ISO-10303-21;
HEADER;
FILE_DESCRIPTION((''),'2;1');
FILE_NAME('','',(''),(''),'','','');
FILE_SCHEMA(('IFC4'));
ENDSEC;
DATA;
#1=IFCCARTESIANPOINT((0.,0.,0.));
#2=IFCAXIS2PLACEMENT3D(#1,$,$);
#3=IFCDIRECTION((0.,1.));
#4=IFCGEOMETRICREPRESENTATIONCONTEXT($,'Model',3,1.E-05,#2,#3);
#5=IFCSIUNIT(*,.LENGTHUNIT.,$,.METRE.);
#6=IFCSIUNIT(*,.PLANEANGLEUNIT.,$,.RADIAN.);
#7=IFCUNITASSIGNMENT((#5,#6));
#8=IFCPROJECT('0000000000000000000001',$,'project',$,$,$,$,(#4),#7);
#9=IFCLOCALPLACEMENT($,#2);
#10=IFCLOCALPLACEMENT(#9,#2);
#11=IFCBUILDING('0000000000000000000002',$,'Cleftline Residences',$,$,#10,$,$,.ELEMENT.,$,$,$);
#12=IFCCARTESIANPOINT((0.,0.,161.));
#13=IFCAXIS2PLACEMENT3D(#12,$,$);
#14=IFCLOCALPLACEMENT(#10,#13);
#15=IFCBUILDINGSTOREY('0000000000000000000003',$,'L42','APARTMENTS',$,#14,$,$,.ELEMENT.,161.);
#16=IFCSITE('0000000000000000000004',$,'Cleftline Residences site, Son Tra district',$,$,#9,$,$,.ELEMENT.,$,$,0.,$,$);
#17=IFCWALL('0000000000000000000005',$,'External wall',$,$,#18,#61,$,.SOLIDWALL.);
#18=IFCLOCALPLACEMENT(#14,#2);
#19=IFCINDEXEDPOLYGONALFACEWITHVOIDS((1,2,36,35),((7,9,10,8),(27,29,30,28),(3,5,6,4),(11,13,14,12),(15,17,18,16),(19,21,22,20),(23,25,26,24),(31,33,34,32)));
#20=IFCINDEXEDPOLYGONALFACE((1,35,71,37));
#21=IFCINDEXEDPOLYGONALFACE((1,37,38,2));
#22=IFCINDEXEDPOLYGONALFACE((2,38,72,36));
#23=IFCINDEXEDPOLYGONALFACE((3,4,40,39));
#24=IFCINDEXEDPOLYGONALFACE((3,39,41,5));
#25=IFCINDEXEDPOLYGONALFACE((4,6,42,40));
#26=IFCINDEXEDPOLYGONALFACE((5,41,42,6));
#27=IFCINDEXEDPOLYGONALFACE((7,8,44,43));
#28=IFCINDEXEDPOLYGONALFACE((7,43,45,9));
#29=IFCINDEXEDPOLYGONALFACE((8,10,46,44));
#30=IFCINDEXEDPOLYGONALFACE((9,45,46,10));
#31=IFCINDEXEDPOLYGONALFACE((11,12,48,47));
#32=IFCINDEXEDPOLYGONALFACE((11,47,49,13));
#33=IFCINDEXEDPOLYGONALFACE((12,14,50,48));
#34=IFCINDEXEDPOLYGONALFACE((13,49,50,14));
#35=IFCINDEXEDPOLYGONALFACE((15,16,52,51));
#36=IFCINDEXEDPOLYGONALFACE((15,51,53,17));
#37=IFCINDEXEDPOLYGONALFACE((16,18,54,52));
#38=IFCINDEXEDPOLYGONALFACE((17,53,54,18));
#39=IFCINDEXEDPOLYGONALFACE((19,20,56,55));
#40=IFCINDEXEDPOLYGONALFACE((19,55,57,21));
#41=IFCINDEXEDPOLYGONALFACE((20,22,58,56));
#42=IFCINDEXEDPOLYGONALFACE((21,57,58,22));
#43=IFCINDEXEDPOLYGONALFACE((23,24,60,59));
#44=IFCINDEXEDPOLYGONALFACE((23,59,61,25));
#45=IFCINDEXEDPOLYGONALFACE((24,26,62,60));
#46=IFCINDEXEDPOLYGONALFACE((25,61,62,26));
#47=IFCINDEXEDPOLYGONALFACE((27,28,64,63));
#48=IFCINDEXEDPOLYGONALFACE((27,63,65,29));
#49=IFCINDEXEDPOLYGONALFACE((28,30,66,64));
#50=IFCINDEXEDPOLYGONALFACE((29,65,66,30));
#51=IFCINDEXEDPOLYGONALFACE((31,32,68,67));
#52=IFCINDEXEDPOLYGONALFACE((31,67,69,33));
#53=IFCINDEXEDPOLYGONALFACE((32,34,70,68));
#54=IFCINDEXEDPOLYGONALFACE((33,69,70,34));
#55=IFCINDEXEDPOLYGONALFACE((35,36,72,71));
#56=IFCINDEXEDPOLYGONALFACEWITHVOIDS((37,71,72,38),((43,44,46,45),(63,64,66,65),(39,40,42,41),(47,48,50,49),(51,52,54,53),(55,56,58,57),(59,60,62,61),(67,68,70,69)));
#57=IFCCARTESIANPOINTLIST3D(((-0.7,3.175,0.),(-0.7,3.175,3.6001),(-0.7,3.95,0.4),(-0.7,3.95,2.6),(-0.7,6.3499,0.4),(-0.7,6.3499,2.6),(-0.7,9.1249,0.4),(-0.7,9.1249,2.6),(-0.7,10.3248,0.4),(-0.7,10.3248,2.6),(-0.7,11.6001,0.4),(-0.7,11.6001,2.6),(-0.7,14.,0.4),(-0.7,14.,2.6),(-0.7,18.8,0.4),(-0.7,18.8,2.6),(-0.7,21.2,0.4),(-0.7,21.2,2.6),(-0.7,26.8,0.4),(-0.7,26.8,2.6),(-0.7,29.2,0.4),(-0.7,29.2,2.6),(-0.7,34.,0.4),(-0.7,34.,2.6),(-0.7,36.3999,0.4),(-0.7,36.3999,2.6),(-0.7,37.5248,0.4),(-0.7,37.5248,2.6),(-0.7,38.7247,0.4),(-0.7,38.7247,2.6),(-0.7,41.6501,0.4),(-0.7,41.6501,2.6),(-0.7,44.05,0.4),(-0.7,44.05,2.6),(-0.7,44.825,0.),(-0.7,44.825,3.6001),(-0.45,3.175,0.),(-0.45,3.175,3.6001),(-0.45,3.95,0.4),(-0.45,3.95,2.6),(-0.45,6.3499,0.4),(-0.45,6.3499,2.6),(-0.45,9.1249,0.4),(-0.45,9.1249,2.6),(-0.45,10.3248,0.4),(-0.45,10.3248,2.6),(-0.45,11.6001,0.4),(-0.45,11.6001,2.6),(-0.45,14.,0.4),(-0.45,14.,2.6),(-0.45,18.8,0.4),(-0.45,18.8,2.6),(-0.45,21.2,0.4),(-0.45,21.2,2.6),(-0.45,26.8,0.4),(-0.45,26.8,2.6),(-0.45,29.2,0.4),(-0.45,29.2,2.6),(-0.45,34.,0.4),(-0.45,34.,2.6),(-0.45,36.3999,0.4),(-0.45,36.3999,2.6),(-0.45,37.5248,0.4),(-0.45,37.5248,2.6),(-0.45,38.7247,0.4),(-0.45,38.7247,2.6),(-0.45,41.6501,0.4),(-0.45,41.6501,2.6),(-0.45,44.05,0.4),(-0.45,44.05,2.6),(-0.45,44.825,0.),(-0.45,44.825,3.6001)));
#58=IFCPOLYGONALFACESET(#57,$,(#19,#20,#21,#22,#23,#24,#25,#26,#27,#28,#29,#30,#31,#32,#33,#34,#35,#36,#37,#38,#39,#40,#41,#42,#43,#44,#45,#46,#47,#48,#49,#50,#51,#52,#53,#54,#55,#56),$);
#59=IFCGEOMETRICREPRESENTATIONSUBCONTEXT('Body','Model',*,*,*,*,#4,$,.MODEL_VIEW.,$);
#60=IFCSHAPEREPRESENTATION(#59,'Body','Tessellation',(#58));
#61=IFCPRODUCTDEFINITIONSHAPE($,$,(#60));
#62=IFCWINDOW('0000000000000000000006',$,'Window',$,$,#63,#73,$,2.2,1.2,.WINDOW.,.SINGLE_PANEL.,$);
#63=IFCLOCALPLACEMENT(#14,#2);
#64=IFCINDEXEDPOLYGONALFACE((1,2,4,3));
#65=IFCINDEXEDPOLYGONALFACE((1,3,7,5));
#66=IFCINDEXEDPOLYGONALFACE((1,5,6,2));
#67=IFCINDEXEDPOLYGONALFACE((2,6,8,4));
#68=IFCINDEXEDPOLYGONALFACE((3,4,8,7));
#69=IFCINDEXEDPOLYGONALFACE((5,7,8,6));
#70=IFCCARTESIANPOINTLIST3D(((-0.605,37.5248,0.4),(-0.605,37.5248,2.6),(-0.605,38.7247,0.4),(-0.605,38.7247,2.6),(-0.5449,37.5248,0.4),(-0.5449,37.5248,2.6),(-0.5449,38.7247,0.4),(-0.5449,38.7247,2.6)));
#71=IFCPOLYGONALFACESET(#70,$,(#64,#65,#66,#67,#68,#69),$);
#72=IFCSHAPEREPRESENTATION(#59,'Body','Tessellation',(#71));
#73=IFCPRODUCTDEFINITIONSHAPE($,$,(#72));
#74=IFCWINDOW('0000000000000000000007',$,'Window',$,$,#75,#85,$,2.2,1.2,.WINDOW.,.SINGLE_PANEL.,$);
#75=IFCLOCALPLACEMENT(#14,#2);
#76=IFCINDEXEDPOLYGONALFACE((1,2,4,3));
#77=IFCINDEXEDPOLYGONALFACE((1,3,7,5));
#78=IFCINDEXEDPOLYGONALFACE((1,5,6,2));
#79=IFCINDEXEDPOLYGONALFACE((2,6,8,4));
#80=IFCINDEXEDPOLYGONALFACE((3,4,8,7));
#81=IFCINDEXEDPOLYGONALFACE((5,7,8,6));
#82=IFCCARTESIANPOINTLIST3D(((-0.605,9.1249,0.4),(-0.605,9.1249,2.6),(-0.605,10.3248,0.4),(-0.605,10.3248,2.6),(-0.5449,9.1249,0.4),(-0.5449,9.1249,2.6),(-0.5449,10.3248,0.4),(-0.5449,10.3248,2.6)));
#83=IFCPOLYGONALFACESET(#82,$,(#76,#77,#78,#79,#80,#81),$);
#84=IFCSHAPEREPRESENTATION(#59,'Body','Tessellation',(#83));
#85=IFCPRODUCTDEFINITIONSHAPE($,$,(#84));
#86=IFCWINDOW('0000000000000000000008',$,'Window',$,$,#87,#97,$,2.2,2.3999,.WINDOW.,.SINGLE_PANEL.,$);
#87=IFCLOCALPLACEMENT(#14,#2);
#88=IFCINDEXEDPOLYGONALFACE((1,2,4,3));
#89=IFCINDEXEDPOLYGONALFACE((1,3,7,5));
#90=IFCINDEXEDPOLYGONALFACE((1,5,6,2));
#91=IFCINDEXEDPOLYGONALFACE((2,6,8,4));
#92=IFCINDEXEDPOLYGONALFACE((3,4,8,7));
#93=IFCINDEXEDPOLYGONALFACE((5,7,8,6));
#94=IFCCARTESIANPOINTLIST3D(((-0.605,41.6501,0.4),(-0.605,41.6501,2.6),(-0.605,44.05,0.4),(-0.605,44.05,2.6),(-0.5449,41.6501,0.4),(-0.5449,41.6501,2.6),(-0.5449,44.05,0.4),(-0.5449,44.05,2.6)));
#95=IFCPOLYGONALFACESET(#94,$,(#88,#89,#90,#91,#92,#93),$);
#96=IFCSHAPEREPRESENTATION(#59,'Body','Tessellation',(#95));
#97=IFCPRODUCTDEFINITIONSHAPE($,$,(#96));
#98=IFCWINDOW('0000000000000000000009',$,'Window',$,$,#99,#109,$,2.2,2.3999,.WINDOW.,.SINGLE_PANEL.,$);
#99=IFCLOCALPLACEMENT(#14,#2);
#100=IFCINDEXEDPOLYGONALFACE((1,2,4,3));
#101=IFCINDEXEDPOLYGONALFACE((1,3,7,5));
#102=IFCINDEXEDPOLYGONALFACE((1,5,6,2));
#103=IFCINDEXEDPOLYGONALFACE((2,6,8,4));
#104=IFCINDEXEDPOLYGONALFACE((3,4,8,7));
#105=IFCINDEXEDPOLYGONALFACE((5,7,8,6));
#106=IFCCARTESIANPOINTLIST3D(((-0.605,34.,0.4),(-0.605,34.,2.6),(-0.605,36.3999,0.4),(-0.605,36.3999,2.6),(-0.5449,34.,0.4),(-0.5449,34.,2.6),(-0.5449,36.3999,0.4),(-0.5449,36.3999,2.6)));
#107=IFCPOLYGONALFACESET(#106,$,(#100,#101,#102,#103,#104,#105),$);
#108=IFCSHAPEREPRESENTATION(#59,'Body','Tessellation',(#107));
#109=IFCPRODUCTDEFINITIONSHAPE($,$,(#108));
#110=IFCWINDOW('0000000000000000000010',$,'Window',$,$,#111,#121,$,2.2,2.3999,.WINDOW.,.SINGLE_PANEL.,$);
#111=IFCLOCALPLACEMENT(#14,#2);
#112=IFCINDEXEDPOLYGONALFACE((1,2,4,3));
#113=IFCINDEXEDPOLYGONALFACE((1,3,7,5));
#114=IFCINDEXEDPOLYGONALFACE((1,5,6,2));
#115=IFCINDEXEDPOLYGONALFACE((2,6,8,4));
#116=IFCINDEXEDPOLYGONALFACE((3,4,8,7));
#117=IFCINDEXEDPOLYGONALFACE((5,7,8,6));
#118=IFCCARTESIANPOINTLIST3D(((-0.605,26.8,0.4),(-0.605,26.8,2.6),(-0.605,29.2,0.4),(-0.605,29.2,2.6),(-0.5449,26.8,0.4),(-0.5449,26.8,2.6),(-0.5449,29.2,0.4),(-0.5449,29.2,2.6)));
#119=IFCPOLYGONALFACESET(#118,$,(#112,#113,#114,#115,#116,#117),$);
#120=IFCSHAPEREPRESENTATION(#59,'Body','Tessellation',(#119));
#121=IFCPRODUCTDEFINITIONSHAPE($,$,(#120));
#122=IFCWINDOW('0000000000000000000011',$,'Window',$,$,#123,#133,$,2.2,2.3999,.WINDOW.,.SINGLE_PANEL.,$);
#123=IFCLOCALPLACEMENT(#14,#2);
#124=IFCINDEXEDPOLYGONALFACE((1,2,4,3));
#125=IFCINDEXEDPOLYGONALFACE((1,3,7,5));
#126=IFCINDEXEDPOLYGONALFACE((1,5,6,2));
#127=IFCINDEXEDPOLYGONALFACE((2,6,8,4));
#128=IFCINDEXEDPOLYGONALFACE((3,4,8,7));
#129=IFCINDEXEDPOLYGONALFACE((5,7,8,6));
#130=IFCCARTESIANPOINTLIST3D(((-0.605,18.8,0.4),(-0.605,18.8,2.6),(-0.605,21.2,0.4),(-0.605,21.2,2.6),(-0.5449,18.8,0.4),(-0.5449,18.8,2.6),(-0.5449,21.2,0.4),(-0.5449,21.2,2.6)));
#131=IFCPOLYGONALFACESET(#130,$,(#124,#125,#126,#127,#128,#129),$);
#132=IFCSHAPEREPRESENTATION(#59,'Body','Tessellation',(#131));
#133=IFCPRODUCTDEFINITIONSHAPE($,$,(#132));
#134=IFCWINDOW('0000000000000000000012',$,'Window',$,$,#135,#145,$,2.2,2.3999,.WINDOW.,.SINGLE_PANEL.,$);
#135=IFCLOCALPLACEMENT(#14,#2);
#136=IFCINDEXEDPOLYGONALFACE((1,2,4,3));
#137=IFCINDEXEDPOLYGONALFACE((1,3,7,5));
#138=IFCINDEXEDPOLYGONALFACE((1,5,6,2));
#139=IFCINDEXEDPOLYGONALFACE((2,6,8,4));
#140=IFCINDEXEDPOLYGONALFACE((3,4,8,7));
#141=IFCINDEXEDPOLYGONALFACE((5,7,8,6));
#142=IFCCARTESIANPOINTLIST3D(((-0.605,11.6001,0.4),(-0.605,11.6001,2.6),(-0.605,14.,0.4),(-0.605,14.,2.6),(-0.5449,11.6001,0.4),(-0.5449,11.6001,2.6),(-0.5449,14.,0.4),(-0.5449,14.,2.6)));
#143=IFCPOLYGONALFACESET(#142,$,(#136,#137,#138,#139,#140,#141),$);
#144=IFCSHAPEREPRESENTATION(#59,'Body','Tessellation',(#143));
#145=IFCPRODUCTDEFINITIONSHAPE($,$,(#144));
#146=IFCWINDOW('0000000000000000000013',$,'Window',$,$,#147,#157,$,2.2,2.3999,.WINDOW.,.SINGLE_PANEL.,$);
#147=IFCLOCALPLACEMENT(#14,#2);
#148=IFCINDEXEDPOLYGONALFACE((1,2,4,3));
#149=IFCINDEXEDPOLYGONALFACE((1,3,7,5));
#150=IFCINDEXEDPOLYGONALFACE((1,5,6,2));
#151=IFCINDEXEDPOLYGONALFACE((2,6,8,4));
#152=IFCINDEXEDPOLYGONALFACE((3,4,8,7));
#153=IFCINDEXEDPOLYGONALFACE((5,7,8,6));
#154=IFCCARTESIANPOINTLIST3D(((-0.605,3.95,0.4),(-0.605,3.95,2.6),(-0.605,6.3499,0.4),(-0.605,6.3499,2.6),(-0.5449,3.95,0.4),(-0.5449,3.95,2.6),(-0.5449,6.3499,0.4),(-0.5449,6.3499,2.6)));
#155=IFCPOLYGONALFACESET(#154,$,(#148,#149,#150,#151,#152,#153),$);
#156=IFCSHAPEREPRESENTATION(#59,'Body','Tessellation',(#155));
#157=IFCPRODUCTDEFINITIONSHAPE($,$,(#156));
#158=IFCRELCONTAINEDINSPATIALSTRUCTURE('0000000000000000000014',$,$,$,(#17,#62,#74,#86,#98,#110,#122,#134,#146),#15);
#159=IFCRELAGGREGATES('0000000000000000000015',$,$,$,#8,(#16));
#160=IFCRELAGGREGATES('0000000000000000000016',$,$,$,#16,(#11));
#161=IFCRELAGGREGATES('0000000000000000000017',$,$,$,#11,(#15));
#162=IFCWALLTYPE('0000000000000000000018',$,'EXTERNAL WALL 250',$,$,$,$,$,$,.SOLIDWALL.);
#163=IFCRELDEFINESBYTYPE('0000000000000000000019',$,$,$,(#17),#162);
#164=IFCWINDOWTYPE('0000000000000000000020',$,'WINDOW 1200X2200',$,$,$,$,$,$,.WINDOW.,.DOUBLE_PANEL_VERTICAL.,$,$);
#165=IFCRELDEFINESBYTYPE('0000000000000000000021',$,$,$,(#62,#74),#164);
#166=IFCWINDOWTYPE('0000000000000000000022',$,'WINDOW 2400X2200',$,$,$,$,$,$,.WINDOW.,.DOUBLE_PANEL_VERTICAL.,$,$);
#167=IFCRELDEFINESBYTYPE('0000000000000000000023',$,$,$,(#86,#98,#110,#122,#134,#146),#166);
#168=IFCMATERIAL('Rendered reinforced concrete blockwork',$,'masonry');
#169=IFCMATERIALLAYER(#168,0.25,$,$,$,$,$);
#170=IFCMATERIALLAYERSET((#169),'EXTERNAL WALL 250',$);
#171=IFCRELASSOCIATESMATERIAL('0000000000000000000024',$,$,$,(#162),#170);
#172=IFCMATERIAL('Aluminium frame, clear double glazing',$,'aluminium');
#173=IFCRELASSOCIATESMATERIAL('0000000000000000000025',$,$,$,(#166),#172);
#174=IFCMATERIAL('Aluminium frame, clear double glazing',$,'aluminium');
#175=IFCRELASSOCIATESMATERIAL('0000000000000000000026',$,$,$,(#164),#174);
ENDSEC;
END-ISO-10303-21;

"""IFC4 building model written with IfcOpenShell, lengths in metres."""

from ifc_helpers import new_model, si_unit, direction, frame, frame_2d, origin, place, context, subcontext, project, spatial, rectangle, extrude, material, layer, layer_set, type_object, element, fill, save


model = new_model("IFC4")

# Units and contexts
model_context = context("Model", 3, precision=1e-05, world=origin(), true_north=direction((0.0, 1.0)))
body_context = subcontext(model_context, "Body", "Model", "MODEL_VIEW")
ifc_project = project(units=[si_unit("LENGTHUNIT", "METRE"), si_unit("PLANEANGLEUNIT", "RADIAN")], contexts=[model_context])

# Site, building, storey
site_placement = place(None, origin())
site = spatial("IfcSite", under=ifc_project, at=site_placement, Name="Cleftline Residences site, Son Tra district", CompositionType="ELEMENT", RefElevation=0.0)
building_placement = place(site_placement, origin())
building = spatial("IfcBuilding", under=site, at=building_placement, Name="Cleftline Residences", CompositionType="ELEMENT")
storey_placement = place(building_placement, frame((0.0, 0.0, 161.0)))
storey = spatial("IfcBuildingStorey", under=building, at=storey_placement, Name="L42", Description="APARTMENTS", CompositionType="ELEMENT", Elevation=161.0)

# Shared definitions
ifc_material_1 = material(Name="Rendered reinforced concrete blockwork", Category="masonry")
ifc_layer_1 = layer(ifc_material_1, 0.25)
ifc_layer_set_1 = layer_set([ifc_layer_1], Name="EXTERNAL WALL 250")
wall_type_1 = type_object("IfcWallType", Name="EXTERNAL WALL 250", PredefinedType="SOLIDWALL", material=ifc_layer_set_1)
ifc_material_2 = material(Name="Aluminium frame, clear double glazing", Category="aluminium")
window_type_1 = type_object("IfcWindowType", Name="WINDOW 2400X2200", PartitioningType="DOUBLE_PANEL_VERTICAL", PredefinedType="WINDOW", material=ifc_material_2)

# Wall, openings, windows
wall_1_placement = place(storey_placement, frame((-0.575, 44.825, 0.0), z_axis=(0.0, 0.0, 1.0), x_axis=(0.0, -1.0, 0.0)))
wall_1 = element("IfcWall", 1, at=wall_1_placement, inside=storey, type_object=wall_type_1, Name="External wall", PredefinedType="SOLIDWALL", context=body_context, shape_type="SweptSolid", body=[
    extrude(rectangle(XDim=41.6499, YDim=0.25, at=frame_2d((20.825, 0.0))), origin(), (0.0, 0.0, 1.0), 3.6001),
])
opening_1_placement = place(wall_1_placement, frame((0.7749, 0.0, 0.3999)))
opening_1 = element("IfcOpeningElement", 2, at=opening_1_placement, cuts=wall_1, PredefinedType="OPENING", context=body_context, shape_type="SweptSolid", body=[
    extrude(rectangle(XDim=2.3999, YDim=2.2, at=frame_2d((1.2, 1.1001))), frame((0.0, 0.135, 0.0), z_axis=(0.0, -1.0, 0.0), x_axis=(1.0, 0.0, 0.0)), (0.0, 0.0, 1.0), 0.27),
])
opening_2_placement = place(wall_1_placement, frame((6.1001, 0.0, 0.3999)))
opening_2 = element("IfcOpeningElement", 3, at=opening_2_placement, cuts=wall_1, PredefinedType="OPENING", context=body_context, shape_type="SweptSolid", body=[
    extrude(rectangle(XDim=1.2, YDim=2.2, at=frame_2d((0.6001, 1.1001))), frame((0.0, 0.135, 0.0), z_axis=(0.0, -1.0, 0.0), x_axis=(1.0, 0.0, 0.0)), (0.0, 0.0, 1.0), 0.27),
])
opening_3_placement = place(wall_1_placement, frame((8.425, 0.0, 0.3999)))
opening_3 = element("IfcOpeningElement", 4, at=opening_3_placement, cuts=wall_1, PredefinedType="OPENING", context=body_context, shape_type="SweptSolid", body=[
    extrude(rectangle(XDim=2.3999, YDim=2.2, at=frame_2d((1.2, 1.1001))), frame((0.0, 0.135, 0.0), z_axis=(0.0, -1.0, 0.0), x_axis=(1.0, 0.0, 0.0)), (0.0, 0.0, 1.0), 0.27),
])
opening_4_placement = place(wall_1_placement, frame((15.625, 0.0, 0.3999)))
opening_4 = element("IfcOpeningElement", 5, at=opening_4_placement, cuts=wall_1, PredefinedType="OPENING", context=body_context, shape_type="SweptSolid", body=[
    extrude(rectangle(XDim=2.3999, YDim=2.2, at=frame_2d((1.2, 1.1001))), frame((0.0, 0.135, 0.0), z_axis=(0.0, -1.0, 0.0), x_axis=(1.0, 0.0, 0.0)), (0.0, 0.0, 1.0), 0.27),
])
opening_5_placement = place(wall_1_placement, frame((23.625, 0.0, 0.3999)))
opening_5 = element("IfcOpeningElement", 6, at=opening_5_placement, cuts=wall_1, PredefinedType="OPENING", context=body_context, shape_type="SweptSolid", body=[
    extrude(rectangle(XDim=2.3999, YDim=2.2, at=frame_2d((1.2, 1.1001))), frame((0.0, 0.135, 0.0), z_axis=(0.0, -1.0, 0.0), x_axis=(1.0, 0.0, 0.0)), (0.0, 0.0, 1.0), 0.27),
])
opening_6_placement = place(wall_1_placement, frame((30.825, 0.0, 0.3999)))
opening_6 = element("IfcOpeningElement", 7, at=opening_6_placement, cuts=wall_1, PredefinedType="OPENING", context=body_context, shape_type="SweptSolid", body=[
    extrude(rectangle(XDim=2.3999, YDim=2.2, at=frame_2d((1.2, 1.1001))), frame((0.0, 0.135, 0.0), z_axis=(0.0, -1.0, 0.0), x_axis=(1.0, 0.0, 0.0)), (0.0, 0.0, 1.0), 0.27),
])
opening_7_placement = place(wall_1_placement, frame((34.5, 0.0, 0.3999)))
opening_7 = element("IfcOpeningElement", 8, at=opening_7_placement, cuts=wall_1, PredefinedType="OPENING", context=body_context, shape_type="SweptSolid", body=[
    extrude(rectangle(XDim=1.2, YDim=2.2, at=frame_2d((0.6001, 1.1001))), frame((0.0, 0.135, 0.0), z_axis=(0.0, -1.0, 0.0), x_axis=(1.0, 0.0, 0.0)), (0.0, 0.0, 1.0), 0.27),
])
opening_8_placement = place(wall_1_placement, frame((38.4751, 0.0, 0.3999)))
opening_8 = element("IfcOpeningElement", 9, at=opening_8_placement, cuts=wall_1, PredefinedType="OPENING", context=body_context, shape_type="SweptSolid", body=[
    extrude(rectangle(XDim=2.3999, YDim=2.2, at=frame_2d((1.2, 1.1001))), frame((0.0, 0.135, 0.0), z_axis=(0.0, -1.0, 0.0), x_axis=(1.0, 0.0, 0.0)), (0.0, 0.0, 1.0), 0.27),
])
ifc_material_3 = material(Name="Aluminium frame, clear double glazing", Category="aluminium")
window_type_2 = type_object("IfcWindowType", Name="WINDOW 1200X2200", PartitioningType="DOUBLE_PANEL_VERTICAL", PredefinedType="WINDOW", material=ifc_material_3)
window_1_placement = place(opening_2_placement, origin())
window_1 = element("IfcWindow", 10, at=window_1_placement, inside=storey, type_object=window_type_2, Name="Window", OverallHeight=2.2, OverallWidth=1.2, PartitioningType="SINGLE_PANEL", PredefinedType="WINDOW", context=body_context, shape_type="SweptSolid", body=[
    extrude(rectangle(XDim=1.2, YDim=2.2, at=frame_2d((0.6001, 1.1001))), frame((0.0, 0.03, 0.0), z_axis=(0.0, -1.0, 0.0), x_axis=(1.0, 0.0, 0.0)), (0.0, 0.0, 1.0), 0.0601),
])
fill(opening_2, window_1)
window_2_placement = place(opening_7_placement, origin())
window_2 = element("IfcWindow", 11, at=window_2_placement, inside=storey, type_object=window_type_2, Name="Window", OverallHeight=2.2, OverallWidth=1.2, PartitioningType="SINGLE_PANEL", PredefinedType="WINDOW", context=body_context, shape_type="SweptSolid", body=[
    extrude(rectangle(XDim=1.2, YDim=2.2, at=frame_2d((0.6001, 1.1001))), frame((0.0, 0.03, 0.0), z_axis=(0.0, -1.0, 0.0), x_axis=(1.0, 0.0, 0.0)), (0.0, 0.0, 1.0), 0.0601),
])
fill(opening_7, window_2)
window_3_placement = place(opening_1_placement, origin())
window_3 = element("IfcWindow", 12, at=window_3_placement, inside=storey, type_object=window_type_1, Name="Window", OverallHeight=2.2, OverallWidth=2.3999, PartitioningType="SINGLE_PANEL", PredefinedType="WINDOW", context=body_context, shape_type="SweptSolid", body=[
    extrude(rectangle(XDim=2.3999, YDim=2.2, at=frame_2d((1.2, 1.1001))), frame((0.0, 0.03, 0.0), z_axis=(0.0, -1.0, 0.0), x_axis=(1.0, 0.0, 0.0)), (0.0, 0.0, 1.0), 0.0601),
])
fill(opening_1, window_3)
window_4_placement = place(opening_3_placement, origin())
window_4 = element("IfcWindow", 13, at=window_4_placement, inside=storey, type_object=window_type_1, Name="Window", OverallHeight=2.2, OverallWidth=2.3999, PartitioningType="SINGLE_PANEL", PredefinedType="WINDOW", context=body_context, shape_type="SweptSolid", body=[
    extrude(rectangle(XDim=2.3999, YDim=2.2, at=frame_2d((1.2, 1.1001))), frame((0.0, 0.03, 0.0), z_axis=(0.0, -1.0, 0.0), x_axis=(1.0, 0.0, 0.0)), (0.0, 0.0, 1.0), 0.0601),
])
fill(opening_3, window_4)
window_5_placement = place(opening_4_placement, origin())
window_5 = element("IfcWindow", 14, at=window_5_placement, inside=storey, type_object=window_type_1, Name="Window", OverallHeight=2.2, OverallWidth=2.3999, PartitioningType="SINGLE_PANEL", PredefinedType="WINDOW", context=body_context, shape_type="SweptSolid", body=[
    extrude(rectangle(XDim=2.3999, YDim=2.2, at=frame_2d((1.2, 1.1001))), frame((0.0, 0.03, 0.0), z_axis=(0.0, -1.0, 0.0), x_axis=(1.0, 0.0, 0.0)), (0.0, 0.0, 1.0), 0.0601),
])
fill(opening_4, window_5)
window_6_placement = place(opening_5_placement, origin())
window_6 = element("IfcWindow", 15, at=window_6_placement, inside=storey, type_object=window_type_1, Name="Window", OverallHeight=2.2, OverallWidth=2.3999, PartitioningType="SINGLE_PANEL", PredefinedType="WINDOW", context=body_context, shape_type="SweptSolid", body=[
    extrude(rectangle(XDim=2.3999, YDim=2.2, at=frame_2d((1.2, 1.1001))), frame((0.0, 0.03, 0.0), z_axis=(0.0, -1.0, 0.0), x_axis=(1.0, 0.0, 0.0)), (0.0, 0.0, 1.0), 0.0601),
])
fill(opening_5, window_6)
window_7_placement = place(opening_6_placement, origin())
window_7 = element("IfcWindow", 16, at=window_7_placement, inside=storey, type_object=window_type_1, Name="Window", OverallHeight=2.2, OverallWidth=2.3999, PartitioningType="SINGLE_PANEL", PredefinedType="WINDOW", context=body_context, shape_type="SweptSolid", body=[
    extrude(rectangle(XDim=2.3999, YDim=2.2, at=frame_2d((1.2, 1.1001))), frame((0.0, 0.03, 0.0), z_axis=(0.0, -1.0, 0.0), x_axis=(1.0, 0.0, 0.0)), (0.0, 0.0, 1.0), 0.0601),
])
fill(opening_6, window_7)
window_8_placement = place(opening_8_placement, origin())
window_8 = element("IfcWindow", 17, at=window_8_placement, inside=storey, type_object=window_type_1, Name="Window", OverallHeight=2.2, OverallWidth=2.3999, PartitioningType="SINGLE_PANEL", PredefinedType="WINDOW", context=body_context, shape_type="SweptSolid", body=[
    extrude(rectangle(XDim=2.3999, YDim=2.2, at=frame_2d((1.2, 1.1001))), frame((0.0, 0.03, 0.0), z_axis=(0.0, -1.0, 0.0), x_axis=(1.0, 0.0, 0.0)), (0.0, 0.0, 1.0), 0.0601),
])
fill(opening_8, window_8)

save(model, "model.ifc")
